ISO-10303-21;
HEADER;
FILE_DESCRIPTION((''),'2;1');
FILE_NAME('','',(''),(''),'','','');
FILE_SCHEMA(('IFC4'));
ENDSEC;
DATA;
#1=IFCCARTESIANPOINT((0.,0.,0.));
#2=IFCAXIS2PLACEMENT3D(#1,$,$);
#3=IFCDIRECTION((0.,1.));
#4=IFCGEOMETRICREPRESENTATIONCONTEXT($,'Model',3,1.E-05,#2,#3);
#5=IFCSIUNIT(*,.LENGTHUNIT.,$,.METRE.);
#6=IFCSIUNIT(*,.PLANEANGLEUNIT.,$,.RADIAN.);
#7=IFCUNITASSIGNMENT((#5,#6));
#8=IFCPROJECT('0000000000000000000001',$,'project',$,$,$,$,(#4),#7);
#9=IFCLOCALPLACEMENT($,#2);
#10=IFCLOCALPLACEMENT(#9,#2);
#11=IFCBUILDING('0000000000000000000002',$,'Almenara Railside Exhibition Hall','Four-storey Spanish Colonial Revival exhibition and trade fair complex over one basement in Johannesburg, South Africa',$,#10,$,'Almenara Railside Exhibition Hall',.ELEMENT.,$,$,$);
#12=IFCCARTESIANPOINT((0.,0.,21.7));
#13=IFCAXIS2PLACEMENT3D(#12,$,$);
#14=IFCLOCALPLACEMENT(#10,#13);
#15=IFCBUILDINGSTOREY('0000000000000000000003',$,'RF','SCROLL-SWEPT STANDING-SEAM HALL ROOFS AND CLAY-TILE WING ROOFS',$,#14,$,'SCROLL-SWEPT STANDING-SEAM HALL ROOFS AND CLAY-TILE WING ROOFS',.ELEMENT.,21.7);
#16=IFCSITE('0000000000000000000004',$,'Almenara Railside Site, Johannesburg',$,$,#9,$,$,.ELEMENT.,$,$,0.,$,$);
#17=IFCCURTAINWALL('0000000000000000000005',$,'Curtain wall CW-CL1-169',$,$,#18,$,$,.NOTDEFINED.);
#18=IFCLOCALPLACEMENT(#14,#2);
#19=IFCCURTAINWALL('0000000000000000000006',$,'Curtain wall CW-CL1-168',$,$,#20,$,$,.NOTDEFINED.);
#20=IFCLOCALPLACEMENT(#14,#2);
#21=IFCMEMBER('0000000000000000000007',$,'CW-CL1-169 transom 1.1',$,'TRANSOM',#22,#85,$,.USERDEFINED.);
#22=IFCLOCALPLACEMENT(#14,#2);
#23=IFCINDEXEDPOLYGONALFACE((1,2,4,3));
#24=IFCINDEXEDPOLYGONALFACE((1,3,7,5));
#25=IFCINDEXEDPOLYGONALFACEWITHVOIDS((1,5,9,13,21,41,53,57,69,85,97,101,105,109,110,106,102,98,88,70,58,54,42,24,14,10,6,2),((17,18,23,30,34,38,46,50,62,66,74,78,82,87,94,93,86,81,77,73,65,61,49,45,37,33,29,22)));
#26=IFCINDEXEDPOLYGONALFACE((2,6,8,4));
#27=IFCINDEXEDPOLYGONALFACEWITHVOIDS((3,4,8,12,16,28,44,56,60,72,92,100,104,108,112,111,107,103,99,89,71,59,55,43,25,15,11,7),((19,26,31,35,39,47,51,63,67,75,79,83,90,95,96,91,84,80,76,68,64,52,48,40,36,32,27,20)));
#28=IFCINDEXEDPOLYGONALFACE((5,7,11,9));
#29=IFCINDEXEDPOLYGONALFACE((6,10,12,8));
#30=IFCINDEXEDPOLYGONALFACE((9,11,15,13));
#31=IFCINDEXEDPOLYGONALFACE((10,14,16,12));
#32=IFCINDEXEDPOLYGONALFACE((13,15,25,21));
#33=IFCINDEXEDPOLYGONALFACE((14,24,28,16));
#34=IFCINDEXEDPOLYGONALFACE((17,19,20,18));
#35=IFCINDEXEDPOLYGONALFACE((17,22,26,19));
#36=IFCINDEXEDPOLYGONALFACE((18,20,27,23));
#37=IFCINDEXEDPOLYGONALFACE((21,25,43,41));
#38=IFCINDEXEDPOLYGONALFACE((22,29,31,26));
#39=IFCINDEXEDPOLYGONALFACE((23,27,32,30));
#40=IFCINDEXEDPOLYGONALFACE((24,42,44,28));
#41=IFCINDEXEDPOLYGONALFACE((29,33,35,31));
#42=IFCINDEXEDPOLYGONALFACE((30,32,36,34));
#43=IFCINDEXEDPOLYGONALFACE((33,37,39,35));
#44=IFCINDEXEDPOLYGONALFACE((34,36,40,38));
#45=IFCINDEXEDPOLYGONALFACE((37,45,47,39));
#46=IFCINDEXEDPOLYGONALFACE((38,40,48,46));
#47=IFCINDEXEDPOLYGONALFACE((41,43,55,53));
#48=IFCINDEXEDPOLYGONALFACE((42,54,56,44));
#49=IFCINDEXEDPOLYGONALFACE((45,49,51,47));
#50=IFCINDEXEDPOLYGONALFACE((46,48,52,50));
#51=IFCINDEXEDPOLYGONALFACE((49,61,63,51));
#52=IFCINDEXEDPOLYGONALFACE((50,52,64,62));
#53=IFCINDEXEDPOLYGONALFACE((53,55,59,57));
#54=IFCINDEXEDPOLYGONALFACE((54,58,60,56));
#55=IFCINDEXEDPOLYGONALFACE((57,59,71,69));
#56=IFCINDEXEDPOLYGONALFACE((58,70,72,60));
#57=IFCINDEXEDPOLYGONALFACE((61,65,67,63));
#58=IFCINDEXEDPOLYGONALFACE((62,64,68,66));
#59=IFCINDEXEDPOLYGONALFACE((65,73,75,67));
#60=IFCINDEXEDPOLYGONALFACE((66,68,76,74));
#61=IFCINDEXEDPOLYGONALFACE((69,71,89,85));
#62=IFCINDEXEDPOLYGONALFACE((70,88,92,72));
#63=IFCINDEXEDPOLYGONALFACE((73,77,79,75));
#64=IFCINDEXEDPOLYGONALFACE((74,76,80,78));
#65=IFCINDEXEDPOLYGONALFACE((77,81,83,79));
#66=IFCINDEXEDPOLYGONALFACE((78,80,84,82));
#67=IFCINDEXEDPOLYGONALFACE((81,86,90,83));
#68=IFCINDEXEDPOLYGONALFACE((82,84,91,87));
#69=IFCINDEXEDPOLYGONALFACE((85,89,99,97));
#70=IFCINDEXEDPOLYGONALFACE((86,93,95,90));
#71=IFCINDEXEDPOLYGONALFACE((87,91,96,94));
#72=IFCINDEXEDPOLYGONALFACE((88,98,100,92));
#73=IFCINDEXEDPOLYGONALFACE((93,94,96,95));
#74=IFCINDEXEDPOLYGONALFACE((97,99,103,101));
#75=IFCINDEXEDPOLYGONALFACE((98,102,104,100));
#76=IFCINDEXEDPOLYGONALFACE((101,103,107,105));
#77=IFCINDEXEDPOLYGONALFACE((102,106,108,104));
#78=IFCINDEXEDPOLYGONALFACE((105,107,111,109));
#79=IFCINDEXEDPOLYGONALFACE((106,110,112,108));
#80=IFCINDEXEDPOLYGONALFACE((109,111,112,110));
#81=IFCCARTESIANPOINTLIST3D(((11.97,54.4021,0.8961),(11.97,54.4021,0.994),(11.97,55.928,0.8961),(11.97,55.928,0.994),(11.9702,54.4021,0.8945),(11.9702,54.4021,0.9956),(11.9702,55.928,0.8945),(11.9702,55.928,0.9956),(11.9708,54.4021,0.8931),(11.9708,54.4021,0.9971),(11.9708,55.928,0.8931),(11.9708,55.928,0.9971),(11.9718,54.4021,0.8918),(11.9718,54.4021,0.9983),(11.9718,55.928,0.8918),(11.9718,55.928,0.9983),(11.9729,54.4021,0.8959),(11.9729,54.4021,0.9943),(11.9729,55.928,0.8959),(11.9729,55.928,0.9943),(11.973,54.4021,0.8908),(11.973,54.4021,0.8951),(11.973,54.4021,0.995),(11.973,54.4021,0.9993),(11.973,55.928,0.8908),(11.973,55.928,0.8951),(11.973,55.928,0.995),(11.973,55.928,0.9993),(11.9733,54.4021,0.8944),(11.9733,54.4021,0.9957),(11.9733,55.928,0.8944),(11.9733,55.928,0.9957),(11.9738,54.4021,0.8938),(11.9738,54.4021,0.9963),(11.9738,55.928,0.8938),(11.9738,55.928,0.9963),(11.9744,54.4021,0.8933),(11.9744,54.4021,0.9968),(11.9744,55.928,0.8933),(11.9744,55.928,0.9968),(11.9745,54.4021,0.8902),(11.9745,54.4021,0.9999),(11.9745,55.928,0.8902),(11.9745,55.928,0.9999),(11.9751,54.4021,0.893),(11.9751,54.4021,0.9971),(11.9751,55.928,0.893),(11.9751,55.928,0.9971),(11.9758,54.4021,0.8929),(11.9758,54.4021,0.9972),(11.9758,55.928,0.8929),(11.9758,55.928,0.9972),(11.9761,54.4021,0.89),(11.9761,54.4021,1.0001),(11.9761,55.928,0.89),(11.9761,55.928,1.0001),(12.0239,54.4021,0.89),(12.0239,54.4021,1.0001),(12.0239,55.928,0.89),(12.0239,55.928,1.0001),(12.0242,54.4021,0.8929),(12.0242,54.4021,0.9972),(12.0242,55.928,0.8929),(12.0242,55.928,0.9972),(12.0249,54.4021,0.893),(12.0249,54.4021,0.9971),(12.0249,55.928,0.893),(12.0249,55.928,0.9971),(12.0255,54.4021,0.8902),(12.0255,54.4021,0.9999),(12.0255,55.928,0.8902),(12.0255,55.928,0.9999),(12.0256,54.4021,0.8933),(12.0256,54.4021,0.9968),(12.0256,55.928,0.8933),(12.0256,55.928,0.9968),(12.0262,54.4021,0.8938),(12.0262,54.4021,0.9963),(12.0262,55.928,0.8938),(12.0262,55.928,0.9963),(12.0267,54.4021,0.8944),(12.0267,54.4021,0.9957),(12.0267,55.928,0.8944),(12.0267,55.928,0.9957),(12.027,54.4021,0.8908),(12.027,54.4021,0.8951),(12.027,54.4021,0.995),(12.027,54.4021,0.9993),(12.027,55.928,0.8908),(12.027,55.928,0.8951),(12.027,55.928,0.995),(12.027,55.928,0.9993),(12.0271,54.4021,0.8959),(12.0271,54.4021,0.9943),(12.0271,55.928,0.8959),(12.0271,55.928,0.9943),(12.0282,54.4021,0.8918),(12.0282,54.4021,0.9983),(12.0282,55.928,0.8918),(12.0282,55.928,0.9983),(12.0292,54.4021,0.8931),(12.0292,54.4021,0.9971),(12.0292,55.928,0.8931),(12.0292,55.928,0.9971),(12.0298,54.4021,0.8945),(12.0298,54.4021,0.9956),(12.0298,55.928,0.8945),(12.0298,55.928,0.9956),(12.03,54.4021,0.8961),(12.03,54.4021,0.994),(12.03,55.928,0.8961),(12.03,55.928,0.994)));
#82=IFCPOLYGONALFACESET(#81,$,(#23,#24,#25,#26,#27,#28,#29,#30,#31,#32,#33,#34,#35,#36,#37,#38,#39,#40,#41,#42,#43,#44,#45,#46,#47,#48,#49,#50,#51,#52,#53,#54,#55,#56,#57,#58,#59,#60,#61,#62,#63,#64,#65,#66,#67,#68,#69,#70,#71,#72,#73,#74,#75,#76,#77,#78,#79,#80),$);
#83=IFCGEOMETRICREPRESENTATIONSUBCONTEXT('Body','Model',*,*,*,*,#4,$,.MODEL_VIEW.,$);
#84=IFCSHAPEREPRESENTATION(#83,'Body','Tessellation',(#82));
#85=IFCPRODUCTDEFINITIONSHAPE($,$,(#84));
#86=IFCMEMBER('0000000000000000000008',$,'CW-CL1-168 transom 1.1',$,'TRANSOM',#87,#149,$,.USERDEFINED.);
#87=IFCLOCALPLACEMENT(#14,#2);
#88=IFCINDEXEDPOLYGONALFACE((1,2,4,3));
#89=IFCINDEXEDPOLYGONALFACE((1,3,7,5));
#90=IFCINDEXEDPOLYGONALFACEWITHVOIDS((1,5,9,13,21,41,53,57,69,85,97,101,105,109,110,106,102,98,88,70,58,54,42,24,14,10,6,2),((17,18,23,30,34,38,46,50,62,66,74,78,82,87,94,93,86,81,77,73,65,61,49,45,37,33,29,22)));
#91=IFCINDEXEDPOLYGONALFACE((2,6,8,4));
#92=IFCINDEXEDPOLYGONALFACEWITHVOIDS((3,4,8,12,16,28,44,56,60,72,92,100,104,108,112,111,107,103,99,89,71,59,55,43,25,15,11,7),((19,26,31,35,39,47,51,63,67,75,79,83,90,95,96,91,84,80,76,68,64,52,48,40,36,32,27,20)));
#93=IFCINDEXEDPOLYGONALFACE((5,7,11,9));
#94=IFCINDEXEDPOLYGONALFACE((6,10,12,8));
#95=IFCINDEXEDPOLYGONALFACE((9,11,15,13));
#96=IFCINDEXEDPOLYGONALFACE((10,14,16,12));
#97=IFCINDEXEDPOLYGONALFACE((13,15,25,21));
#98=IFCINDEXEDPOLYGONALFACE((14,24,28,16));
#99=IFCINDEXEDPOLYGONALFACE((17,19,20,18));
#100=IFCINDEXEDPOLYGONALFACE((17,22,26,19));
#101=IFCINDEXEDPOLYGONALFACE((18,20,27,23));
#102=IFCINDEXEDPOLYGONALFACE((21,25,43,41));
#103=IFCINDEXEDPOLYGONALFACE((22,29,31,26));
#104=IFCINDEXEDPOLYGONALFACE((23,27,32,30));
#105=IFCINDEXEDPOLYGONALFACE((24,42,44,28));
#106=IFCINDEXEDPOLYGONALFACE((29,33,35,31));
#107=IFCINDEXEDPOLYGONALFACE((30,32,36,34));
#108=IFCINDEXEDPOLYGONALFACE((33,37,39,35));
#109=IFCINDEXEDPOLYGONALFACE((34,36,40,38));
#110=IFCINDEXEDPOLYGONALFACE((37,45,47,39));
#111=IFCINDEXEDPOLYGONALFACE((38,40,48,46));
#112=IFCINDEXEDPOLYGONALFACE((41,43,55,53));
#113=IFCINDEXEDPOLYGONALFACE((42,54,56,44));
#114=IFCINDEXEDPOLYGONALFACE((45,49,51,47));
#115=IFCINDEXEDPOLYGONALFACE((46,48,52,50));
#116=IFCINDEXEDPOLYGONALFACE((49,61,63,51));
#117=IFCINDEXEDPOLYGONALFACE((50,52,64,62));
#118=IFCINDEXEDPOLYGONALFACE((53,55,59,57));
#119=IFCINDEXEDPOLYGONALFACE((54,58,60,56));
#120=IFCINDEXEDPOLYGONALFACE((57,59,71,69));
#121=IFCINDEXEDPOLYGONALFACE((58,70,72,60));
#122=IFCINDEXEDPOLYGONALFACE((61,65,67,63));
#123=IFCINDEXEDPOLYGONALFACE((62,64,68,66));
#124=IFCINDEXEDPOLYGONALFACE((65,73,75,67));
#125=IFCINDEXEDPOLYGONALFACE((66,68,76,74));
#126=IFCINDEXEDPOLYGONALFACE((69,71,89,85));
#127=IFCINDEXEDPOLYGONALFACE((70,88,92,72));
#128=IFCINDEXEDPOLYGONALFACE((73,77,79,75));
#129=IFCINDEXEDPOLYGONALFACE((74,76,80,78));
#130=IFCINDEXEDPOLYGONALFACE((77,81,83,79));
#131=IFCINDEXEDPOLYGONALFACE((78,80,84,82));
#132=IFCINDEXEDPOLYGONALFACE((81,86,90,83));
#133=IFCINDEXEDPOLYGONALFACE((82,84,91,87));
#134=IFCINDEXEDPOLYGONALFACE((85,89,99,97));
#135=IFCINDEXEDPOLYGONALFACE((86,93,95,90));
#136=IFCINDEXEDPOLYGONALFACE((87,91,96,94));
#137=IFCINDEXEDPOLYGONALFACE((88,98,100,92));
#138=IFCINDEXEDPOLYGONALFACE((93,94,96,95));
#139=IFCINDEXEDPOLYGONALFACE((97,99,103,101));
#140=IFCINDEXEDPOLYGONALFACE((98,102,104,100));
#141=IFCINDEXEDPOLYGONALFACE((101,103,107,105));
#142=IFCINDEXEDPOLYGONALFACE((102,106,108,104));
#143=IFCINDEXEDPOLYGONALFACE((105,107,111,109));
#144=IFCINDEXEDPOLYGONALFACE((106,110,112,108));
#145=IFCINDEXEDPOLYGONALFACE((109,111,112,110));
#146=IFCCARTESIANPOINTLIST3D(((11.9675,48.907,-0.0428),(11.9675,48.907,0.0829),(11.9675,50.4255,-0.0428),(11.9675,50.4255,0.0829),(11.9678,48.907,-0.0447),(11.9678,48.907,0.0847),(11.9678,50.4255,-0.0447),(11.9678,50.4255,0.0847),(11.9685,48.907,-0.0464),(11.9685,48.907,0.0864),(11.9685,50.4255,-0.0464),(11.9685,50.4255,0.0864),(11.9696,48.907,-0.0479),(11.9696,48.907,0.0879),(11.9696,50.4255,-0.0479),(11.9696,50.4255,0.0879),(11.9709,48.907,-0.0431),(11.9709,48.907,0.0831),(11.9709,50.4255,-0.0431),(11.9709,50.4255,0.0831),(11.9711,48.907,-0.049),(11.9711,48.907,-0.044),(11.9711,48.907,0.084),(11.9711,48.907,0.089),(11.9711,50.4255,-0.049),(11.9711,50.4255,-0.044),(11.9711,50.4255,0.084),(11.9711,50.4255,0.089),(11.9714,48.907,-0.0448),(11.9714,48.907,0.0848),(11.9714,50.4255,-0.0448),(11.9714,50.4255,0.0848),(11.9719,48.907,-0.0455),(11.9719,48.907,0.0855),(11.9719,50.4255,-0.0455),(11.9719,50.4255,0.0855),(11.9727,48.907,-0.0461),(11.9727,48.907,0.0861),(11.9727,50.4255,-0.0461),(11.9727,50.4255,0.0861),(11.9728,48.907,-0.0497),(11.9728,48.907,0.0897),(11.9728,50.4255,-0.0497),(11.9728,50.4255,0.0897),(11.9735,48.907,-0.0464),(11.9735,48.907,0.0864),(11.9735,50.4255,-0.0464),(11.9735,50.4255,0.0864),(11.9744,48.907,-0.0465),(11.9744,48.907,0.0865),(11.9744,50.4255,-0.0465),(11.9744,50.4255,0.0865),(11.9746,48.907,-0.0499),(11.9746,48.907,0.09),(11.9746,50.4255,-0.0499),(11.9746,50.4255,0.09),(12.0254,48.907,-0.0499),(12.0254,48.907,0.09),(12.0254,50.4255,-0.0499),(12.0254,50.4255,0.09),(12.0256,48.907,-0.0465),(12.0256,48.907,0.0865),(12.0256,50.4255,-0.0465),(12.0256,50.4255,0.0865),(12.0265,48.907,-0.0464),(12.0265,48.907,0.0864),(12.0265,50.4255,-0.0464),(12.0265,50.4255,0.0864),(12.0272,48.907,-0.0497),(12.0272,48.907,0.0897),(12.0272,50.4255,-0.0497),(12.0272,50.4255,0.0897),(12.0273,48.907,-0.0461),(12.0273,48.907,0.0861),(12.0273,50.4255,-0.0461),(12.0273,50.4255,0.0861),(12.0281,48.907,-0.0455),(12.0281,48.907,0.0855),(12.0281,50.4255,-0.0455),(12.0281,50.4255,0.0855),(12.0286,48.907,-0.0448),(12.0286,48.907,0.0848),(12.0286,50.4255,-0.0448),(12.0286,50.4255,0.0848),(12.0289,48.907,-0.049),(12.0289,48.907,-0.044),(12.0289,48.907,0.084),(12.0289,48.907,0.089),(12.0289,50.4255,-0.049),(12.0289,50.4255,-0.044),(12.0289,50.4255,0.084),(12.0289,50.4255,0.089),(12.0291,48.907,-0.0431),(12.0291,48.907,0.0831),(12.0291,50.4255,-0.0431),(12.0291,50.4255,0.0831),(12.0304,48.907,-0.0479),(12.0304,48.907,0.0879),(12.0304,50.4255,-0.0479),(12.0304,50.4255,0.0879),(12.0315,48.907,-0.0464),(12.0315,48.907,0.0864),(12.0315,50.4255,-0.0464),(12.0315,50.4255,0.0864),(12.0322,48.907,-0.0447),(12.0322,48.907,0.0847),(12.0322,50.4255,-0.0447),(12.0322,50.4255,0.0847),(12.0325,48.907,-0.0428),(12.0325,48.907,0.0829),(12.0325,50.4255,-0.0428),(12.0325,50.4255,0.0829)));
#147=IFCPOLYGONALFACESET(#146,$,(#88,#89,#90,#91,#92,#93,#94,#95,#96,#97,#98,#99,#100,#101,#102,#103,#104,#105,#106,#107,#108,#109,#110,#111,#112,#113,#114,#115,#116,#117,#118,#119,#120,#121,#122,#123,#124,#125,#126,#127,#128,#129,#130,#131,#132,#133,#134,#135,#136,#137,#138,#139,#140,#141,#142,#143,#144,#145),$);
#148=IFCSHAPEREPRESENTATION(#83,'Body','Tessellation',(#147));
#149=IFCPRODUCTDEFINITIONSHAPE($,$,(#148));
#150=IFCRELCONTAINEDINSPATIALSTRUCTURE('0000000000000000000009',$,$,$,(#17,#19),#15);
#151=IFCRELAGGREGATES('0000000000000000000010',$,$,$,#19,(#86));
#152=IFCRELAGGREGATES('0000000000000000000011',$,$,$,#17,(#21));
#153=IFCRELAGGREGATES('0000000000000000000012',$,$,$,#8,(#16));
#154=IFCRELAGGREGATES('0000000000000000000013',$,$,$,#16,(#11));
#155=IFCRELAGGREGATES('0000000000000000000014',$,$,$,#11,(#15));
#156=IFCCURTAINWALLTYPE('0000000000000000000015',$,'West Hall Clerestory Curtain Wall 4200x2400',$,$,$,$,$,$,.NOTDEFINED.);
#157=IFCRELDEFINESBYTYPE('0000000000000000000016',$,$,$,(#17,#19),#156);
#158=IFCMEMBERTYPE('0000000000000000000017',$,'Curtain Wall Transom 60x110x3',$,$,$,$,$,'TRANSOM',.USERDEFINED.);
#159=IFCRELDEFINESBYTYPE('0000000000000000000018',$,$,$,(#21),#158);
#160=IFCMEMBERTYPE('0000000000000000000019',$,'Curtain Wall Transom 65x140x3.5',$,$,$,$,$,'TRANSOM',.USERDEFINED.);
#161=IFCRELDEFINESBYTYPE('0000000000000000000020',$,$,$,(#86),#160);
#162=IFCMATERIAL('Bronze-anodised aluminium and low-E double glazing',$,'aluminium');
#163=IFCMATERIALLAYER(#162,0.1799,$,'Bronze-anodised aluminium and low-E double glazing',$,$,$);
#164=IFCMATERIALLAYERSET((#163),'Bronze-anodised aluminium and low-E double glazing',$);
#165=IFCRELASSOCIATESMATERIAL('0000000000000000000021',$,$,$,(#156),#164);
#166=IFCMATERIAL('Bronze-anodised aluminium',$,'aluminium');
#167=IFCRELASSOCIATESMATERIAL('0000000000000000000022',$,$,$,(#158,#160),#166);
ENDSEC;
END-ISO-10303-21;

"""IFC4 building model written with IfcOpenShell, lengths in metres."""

from ifc_helpers import new_model, si_unit, direction, frame, origin, origin_2d, place, context, subcontext, project, spatial, hollow_rectangle, extrude, material, layer, layer_set, material_profile, profile_set, type_object, element, aggregate, save


model = new_model("IFC4")

# Units and contexts
model_context = context("Model", 3, precision=1e-05, world=origin(), true_north=direction((0.0, 1.0)))
body_context = subcontext(model_context, "Body", "Model", "MODEL_VIEW")
ifc_project = project(units=[si_unit("LENGTHUNIT", "METRE"), si_unit("PLANEANGLEUNIT", "RADIAN")], contexts=[model_context])

# Site, building, storey
site_placement = place(None, origin())
site = spatial("IfcSite", under=ifc_project, at=site_placement, Name="Almenara Railside Site, Johannesburg", CompositionType="ELEMENT", RefElevation=0.0)
building_placement = place(site_placement, origin())
building = spatial("IfcBuilding", under=site, at=building_placement, Name="Almenara Railside Exhibition Hall", Description="Four-storey Spanish Colonial Revival exhibition and trade fair complex over one basement in Johannesburg, South Africa", LongName="Almenara Railside Exhibition Hall", CompositionType="ELEMENT")
storey_placement = place(building_placement, frame((0.0, 0.0, 21.7)))
storey = spatial("IfcBuildingStorey", under=building, at=storey_placement, Name="RF", Description="SCROLL-SWEPT STANDING-SEAM HALL ROOFS AND CLAY-TILE WING ROOFS", LongName="SCROLL-SWEPT STANDING-SEAM HALL ROOFS AND CLAY-TILE WING ROOFS", CompositionType="ELEMENT", Elevation=21.7)

# Curtain wall
ifc_material_1 = material(Name="Bronze-anodised aluminium and low-E double glazing", Category="aluminium")
ifc_layer_1 = layer(ifc_material_1, 0.1799, Name="Bronze-anodised aluminium and low-E double glazing")
ifc_layer_set_1 = layer_set([ifc_layer_1], Name="Bronze-anodised aluminium and low-E double glazing")
curtain_wall_type_1 = type_object("IfcCurtainWallType", Name="West Hall Clerestory Curtain Wall 4200x2400", PredefinedType="NOTDEFINED", material=ifc_layer_set_1)
curtain_wall_1_placement = place(storey_placement, origin())
curtain_wall_1 = element("IfcCurtainWall", 1, at=curtain_wall_1_placement, inside=storey, type_object=curtain_wall_type_1, Name="Curtain wall CW-CL1-169", PredefinedType="NOTDEFINED")
ifc_material_2 = material(Name="Bronze-anodised aluminium", Category="aluminium")

# Curtain wall
curtain_wall_2_placement = place(storey_placement, origin())
curtain_wall_2 = element("IfcCurtainWall", 2, at=curtain_wall_2_placement, inside=storey, type_object=curtain_wall_type_1, Name="Curtain wall CW-CL1-168", PredefinedType="NOTDEFINED")

# Members
ifc_material_profile_1 = material_profile(ifc_material_2, hollow_rectangle(XDim=0.0601, YDim=0.1101, WallThickness=0.0029, InnerFilletRadius=0.0029, OuterFilletRadius=0.0061, at=origin_2d()), Name="ALU-TRN 60x110x3")
ifc_profile_set_1 = profile_set([ifc_material_profile_1], Name="Bronze-anodised aluminium")
member_type_1 = type_object("IfcMemberType", Name="Curtain Wall Transom 60x110x3", ElementType="TRANSOM", PredefinedType="USERDEFINED", material=ifc_profile_set_1)
member_1_placement = place(storey_placement, frame((12.0, 54.4021, 0.9451), z_axis=(0.0, 1.0, 0.0), x_axis=(-1.0, 0.0, 0.0)))
member_1 = element("IfcMember", 3, at=member_1_placement, type_object=member_type_1, Name="CW-CL1-169 transom 1.1", ObjectType="TRANSOM", PredefinedType="USERDEFINED", context=body_context, shape_type="SweptSolid", body=[
    extrude(hollow_rectangle(XDim=0.0601, YDim=0.1101, WallThickness=0.0029, InnerFilletRadius=0.0029, OuterFilletRadius=0.0061, at=origin_2d()), origin(), (0.0, 0.0, 1.0), 1.5259),
])
ifc_material_profile_2 = material_profile(ifc_material_2, hollow_rectangle(XDim=0.0649, YDim=0.1399, WallThickness=0.0034, InnerFilletRadius=0.0034, OuterFilletRadius=0.0071, at=origin_2d()), Name="ALU-TRN 65x140x3.5")
ifc_profile_set_2 = profile_set([ifc_material_profile_2], Name="Bronze-anodised aluminium")
member_type_2 = type_object("IfcMemberType", Name="Curtain Wall Transom 65x140x3.5", ElementType="TRANSOM", PredefinedType="USERDEFINED", material=ifc_profile_set_2)
member_2_placement = place(storey_placement, frame((12.0, 48.907, 0.02), z_axis=(0.0, 1.0, 0.0), x_axis=(-1.0, 0.0, 0.0)))
member_2 = element("IfcMember", 4, at=member_2_placement, type_object=member_type_2, Name="CW-CL1-168 transom 1.1", ObjectType="TRANSOM", PredefinedType="USERDEFINED", context=body_context, shape_type="SweptSolid", body=[
    extrude(hollow_rectangle(XDim=0.0649, YDim=0.1399, WallThickness=0.0034, InnerFilletRadius=0.0034, OuterFilletRadius=0.0071, at=origin_2d()), origin(), (0.0, 0.0, 1.0), 1.5186),
])

aggregate(curtain_wall_2, [member_2])
aggregate(curtain_wall_1, [member_1])

save(model, "model.ifc")
